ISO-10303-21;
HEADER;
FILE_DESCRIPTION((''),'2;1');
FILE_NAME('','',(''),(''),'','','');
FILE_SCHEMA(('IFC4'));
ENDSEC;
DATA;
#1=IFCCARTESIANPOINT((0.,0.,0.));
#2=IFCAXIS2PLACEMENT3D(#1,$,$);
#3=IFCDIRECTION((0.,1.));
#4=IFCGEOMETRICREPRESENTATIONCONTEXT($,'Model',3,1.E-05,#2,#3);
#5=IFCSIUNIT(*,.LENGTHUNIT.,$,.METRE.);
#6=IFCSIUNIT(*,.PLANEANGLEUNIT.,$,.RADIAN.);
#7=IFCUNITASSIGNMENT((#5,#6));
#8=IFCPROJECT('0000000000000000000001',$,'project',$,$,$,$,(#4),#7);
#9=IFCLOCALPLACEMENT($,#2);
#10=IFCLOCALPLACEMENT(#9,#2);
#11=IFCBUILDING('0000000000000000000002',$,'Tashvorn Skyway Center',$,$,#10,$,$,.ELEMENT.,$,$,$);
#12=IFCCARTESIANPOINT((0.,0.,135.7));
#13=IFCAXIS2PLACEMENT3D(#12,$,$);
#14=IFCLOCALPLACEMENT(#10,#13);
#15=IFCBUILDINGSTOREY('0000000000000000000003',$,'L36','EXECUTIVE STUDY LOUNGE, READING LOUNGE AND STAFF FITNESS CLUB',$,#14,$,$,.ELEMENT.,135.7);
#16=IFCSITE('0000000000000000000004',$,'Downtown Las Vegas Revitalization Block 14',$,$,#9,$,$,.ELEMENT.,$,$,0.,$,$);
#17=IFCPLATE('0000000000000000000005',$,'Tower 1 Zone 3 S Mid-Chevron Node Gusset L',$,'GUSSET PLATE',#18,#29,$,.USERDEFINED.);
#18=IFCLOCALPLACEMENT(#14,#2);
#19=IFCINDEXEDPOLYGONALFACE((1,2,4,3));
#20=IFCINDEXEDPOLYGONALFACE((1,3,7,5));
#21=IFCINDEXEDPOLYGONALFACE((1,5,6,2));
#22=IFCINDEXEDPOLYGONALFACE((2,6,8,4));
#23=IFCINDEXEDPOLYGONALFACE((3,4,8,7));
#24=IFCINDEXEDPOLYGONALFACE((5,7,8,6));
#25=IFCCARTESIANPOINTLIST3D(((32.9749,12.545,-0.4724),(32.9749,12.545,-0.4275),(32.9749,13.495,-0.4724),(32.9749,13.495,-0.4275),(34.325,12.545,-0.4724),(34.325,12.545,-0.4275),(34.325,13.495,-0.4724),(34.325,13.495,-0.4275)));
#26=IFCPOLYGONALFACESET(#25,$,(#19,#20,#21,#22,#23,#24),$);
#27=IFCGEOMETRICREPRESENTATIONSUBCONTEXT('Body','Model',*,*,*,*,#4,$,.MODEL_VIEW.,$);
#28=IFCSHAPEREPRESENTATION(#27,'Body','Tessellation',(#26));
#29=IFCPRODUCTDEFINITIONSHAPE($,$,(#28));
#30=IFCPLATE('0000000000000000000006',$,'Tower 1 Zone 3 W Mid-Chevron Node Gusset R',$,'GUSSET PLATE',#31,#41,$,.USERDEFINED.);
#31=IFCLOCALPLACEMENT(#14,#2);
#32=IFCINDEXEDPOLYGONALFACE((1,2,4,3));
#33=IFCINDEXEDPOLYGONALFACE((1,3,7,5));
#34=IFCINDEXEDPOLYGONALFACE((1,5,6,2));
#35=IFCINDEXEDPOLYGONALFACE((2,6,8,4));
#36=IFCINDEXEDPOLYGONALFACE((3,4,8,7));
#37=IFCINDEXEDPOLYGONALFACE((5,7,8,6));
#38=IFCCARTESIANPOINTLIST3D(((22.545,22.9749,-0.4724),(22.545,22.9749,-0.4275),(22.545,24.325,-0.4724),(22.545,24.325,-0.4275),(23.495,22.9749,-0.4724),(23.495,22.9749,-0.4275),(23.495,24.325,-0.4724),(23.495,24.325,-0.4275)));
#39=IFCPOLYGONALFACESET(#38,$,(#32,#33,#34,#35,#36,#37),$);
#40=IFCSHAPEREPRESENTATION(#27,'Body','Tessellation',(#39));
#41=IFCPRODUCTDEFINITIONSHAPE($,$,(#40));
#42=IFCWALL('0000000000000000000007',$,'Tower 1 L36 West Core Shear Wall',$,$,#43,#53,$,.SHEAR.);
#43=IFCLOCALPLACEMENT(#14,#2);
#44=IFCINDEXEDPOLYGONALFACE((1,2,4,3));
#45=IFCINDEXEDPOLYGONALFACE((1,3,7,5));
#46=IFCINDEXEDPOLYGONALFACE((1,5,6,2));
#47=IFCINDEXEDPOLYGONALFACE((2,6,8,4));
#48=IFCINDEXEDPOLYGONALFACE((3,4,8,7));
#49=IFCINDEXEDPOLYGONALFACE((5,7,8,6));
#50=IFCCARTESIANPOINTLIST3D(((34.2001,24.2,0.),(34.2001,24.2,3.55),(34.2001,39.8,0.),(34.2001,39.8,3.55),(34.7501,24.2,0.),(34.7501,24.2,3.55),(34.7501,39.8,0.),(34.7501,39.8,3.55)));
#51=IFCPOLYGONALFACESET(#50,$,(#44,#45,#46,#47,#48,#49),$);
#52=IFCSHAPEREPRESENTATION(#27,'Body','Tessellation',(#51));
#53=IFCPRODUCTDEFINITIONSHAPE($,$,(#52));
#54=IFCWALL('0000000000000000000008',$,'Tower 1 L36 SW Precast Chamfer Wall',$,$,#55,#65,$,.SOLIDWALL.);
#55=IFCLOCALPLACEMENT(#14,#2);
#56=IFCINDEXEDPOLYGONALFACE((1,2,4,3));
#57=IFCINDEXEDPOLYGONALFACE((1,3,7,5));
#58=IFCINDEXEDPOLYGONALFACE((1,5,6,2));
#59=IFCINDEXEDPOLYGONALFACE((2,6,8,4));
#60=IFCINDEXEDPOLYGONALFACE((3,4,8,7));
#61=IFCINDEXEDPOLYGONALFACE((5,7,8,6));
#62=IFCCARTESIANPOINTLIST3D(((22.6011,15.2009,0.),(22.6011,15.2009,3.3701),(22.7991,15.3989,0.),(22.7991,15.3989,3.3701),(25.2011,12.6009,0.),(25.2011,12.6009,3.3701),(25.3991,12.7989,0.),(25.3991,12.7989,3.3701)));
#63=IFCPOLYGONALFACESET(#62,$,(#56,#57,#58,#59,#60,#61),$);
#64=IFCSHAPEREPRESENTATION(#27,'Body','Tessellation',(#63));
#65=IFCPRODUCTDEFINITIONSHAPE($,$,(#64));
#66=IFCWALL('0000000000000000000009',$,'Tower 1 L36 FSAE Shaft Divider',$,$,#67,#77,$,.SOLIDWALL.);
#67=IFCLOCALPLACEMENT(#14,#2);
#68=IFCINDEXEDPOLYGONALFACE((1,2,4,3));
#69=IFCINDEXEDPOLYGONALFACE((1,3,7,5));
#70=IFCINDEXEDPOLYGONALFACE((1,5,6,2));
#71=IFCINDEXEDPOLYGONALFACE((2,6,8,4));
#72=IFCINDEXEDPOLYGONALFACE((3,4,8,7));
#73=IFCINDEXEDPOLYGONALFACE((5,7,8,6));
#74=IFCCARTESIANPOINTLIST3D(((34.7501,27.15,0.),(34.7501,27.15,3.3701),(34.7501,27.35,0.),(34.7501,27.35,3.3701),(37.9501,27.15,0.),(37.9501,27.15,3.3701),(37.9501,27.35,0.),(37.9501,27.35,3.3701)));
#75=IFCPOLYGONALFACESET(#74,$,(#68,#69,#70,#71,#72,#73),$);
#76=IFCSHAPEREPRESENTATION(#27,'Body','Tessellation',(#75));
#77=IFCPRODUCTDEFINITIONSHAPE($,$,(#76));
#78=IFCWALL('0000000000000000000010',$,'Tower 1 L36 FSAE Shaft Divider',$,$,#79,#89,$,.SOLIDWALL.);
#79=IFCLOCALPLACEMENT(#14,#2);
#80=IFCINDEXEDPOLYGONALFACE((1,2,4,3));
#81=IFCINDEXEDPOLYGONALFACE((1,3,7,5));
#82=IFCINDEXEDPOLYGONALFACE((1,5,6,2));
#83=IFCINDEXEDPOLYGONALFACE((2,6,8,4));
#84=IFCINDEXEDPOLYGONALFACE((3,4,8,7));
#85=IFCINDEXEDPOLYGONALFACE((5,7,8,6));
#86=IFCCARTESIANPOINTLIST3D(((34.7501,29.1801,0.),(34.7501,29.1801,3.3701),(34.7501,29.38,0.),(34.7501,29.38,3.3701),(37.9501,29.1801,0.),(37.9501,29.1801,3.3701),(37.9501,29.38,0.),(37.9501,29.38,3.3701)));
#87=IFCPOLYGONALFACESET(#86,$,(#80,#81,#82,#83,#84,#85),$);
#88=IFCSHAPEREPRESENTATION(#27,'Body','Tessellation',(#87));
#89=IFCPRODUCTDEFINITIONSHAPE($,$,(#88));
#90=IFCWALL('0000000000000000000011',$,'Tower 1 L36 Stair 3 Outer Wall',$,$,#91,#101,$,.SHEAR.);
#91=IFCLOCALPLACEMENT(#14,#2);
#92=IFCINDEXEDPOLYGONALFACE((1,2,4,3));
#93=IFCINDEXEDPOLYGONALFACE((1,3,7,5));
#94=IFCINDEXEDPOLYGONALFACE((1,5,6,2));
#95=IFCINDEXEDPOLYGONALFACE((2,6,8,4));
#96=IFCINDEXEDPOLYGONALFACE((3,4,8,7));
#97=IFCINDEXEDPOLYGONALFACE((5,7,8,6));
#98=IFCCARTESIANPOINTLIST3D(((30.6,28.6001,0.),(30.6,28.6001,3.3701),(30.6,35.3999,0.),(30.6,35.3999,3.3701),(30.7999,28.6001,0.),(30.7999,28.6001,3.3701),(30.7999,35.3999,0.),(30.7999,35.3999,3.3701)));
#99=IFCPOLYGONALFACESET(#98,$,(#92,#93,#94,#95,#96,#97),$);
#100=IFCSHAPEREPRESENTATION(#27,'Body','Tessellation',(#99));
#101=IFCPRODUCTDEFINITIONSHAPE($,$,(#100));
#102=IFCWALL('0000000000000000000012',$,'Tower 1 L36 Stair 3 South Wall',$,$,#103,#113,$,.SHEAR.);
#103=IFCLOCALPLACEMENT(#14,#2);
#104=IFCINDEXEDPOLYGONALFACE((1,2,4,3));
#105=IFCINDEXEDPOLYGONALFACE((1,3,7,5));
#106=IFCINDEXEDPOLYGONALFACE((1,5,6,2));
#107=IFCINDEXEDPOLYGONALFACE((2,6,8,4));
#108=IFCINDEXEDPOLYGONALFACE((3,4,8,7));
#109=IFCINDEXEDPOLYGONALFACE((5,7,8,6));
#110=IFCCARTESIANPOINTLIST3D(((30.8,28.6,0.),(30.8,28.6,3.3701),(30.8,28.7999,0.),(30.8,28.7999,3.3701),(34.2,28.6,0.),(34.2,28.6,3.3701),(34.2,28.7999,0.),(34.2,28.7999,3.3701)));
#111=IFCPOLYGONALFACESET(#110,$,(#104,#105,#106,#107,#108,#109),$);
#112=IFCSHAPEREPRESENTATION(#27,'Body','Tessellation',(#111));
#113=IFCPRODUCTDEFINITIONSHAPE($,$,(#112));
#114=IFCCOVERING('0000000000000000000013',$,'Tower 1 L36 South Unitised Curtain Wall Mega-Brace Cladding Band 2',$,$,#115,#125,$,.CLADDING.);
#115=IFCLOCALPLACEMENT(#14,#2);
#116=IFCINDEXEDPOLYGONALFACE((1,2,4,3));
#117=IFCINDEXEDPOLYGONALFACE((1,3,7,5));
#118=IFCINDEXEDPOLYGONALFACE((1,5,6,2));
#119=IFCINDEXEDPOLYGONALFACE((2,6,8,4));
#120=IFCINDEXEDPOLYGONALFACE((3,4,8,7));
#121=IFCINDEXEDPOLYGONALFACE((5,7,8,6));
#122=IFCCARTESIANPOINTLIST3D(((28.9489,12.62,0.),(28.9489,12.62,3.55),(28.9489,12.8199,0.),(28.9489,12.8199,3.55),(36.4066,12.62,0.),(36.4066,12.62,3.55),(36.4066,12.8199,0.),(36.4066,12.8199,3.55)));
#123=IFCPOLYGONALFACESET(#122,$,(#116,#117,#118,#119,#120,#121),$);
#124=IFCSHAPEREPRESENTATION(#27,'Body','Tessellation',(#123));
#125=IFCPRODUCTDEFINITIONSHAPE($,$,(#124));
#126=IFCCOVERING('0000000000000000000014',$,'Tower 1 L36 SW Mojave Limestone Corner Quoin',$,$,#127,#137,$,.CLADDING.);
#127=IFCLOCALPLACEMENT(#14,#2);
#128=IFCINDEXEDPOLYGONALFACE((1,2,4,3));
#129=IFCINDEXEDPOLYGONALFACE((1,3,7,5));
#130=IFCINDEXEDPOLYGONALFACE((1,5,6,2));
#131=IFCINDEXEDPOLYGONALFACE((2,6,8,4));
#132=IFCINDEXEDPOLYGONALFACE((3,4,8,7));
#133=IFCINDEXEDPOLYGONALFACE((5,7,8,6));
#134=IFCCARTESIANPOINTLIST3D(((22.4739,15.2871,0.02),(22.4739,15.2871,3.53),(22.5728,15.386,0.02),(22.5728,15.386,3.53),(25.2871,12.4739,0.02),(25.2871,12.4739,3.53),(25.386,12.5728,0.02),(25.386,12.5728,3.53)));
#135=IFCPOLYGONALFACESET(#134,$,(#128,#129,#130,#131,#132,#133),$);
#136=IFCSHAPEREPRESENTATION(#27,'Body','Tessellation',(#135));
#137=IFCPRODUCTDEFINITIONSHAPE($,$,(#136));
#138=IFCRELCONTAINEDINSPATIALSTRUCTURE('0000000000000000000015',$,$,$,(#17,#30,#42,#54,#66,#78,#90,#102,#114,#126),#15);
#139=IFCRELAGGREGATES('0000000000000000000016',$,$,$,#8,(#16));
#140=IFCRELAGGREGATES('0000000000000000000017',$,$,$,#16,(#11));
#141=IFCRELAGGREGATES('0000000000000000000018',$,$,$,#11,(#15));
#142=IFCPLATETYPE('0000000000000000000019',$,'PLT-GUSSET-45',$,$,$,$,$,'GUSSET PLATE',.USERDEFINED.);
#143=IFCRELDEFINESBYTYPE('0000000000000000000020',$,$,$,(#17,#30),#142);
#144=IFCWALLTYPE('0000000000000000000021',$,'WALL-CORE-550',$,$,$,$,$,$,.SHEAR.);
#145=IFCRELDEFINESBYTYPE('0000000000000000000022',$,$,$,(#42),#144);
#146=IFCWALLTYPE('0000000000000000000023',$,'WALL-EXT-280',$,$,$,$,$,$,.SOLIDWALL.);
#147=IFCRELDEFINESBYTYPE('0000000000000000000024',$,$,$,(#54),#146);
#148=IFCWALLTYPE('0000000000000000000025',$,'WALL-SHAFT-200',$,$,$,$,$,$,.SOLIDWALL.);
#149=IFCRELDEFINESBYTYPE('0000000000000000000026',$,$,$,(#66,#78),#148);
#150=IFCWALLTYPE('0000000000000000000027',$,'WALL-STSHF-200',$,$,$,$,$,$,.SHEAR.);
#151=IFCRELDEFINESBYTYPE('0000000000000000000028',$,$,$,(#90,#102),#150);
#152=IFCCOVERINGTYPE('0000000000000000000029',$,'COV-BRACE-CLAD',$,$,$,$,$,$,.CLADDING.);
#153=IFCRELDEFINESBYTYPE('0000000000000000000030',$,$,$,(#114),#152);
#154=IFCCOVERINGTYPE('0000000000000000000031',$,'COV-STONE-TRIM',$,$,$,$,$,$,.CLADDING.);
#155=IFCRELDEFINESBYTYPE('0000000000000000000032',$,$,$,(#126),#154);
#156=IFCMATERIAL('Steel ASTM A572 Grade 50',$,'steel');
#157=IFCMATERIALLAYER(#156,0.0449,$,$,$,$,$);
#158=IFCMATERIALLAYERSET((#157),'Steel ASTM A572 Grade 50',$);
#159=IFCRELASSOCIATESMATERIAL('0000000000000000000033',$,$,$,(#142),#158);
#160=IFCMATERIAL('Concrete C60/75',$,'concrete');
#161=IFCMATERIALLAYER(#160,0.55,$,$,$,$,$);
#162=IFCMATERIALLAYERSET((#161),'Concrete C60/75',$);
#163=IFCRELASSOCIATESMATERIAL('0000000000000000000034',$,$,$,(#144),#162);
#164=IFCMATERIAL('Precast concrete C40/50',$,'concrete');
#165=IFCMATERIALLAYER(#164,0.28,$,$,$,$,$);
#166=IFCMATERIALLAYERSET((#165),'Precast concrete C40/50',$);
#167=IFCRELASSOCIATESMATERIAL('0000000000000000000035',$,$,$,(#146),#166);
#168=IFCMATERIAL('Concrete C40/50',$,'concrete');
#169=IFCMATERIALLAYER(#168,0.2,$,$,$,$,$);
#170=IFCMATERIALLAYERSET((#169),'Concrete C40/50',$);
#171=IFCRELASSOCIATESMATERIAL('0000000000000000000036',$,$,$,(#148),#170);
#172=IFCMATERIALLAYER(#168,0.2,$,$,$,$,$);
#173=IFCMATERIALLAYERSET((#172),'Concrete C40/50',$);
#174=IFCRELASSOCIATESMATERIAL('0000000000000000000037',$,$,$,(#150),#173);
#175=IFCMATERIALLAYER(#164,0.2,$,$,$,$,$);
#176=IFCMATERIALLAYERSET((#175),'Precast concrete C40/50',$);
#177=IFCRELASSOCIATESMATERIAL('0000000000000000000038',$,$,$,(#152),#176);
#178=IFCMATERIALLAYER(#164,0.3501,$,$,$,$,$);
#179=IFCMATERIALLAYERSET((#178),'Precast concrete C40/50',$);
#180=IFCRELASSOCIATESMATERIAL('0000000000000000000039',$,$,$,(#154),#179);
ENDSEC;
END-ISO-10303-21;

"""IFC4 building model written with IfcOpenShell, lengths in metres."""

from ifc_helpers import new_model, si_unit, direction, frame, frame_2d, origin, origin_2d, place, context, subcontext, project, spatial, rectangle, extrude, material, layer, layer_set, type_object, element, save


model = new_model("IFC4")

# Units and contexts
model_context = context("Model", 3, precision=1e-05, world=origin(), true_north=direction((0.0, 1.0)))
body_context = subcontext(model_context, "Body", "Model", "MODEL_VIEW")
ifc_project = project(units=[si_unit("LENGTHUNIT", "METRE"), si_unit("PLANEANGLEUNIT", "RADIAN")], contexts=[model_context])

# Site, building, storey
site_placement = place(None, origin())
site = spatial("IfcSite", under=ifc_project, at=site_placement, Name="Downtown Las Vegas Revitalization Block 14", CompositionType="ELEMENT", RefElevation=0.0)
building_placement = place(site_placement, origin())
building = spatial("IfcBuilding", under=site, at=building_placement, Name="Tashvorn Skyway Center", CompositionType="ELEMENT")
storey_placement = place(building_placement, frame((0.0, 0.0, 135.7)))
storey = spatial("IfcBuildingStorey", under=building, at=storey_placement, Name="L36", Description="EXECUTIVE STUDY LOUNGE, READING LOUNGE AND STAFF FITNESS CLUB", CompositionType="ELEMENT", Elevation=135.7)

# Shared definitions
ifc_material_1 = material(Name="Steel ASTM A572 Grade 50", Category="steel")

# Plates
ifc_layer_1 = layer(ifc_material_1, 0.0449)
ifc_layer_set_1 = layer_set([ifc_layer_1], Name="Steel ASTM A572 Grade 50")
plate_type_1 = type_object("IfcPlateType", Name="PLT-GUSSET-45", ElementType="GUSSET PLATE", PredefinedType="USERDEFINED", material=ifc_layer_set_1)
for number, where, z_axis, x_axis, name in (
    (1, (33.6499, 13.02, -0.4724), (0.0, 0.0, 1.0), (1.0, 0.0, 0.0), "Tower 1 Zone 3 S Mid-Chevron Node Gusset L"),
    (2, (23.02, 23.6499, -0.4724), (0.0, 0.0, 1.0), (0.0, -1.0, 0.0), "Tower 1 Zone 3 W Mid-Chevron Node Gusset R"),
):
    element("IfcPlate", number, at=place(storey_placement, frame(where, z_axis=z_axis, x_axis=x_axis)), inside=storey, type_object=plate_type_1, Name=name, ObjectType="GUSSET PLATE", PredefinedType="USERDEFINED", context=body_context, shape_type="SweptSolid", body=[
        extrude(rectangle(XDim=1.3501, YDim=0.95, at=origin_2d()), origin(), (0.0, 0.0, 1.0), 0.0449),
    ])

# Walls
ifc_material_2 = material(Name="Concrete C60/75", Category="concrete")
ifc_layer_2 = layer(ifc_material_2, 0.55)
ifc_layer_set_2 = layer_set([ifc_layer_2], Name="Concrete C60/75")
wall_type_1 = type_object("IfcWallType", Name="WALL-CORE-550", PredefinedType="SHEAR", material=ifc_layer_set_2)
wall_1_placement = place(storey_placement, frame((34.4751, 24.2, 0.0), z_axis=(0.0, 0.0, 1.0), x_axis=(0.0, 1.0, 0.0)))
element("IfcWall", 3, at=wall_1_placement, inside=storey, type_object=wall_type_1, Name="Tower 1 L36 West Core Shear Wall", PredefinedType="SHEAR", context=body_context, shape_type="SweptSolid", body=[
    extrude(rectangle(XDim=15.6001, YDim=0.55, at=frame_2d((7.8, 0.0))), origin(), (0.0, 0.0, 1.0), 3.55),
])
ifc_material_3 = material(Name="Precast concrete C40/50", Category="concrete")
ifc_layer_3 = layer(ifc_material_3, 0.28)
ifc_layer_set_3 = layer_set([ifc_layer_3], Name="Precast concrete C40/50")
wall_type_2 = type_object("IfcWallType", Name="WALL-EXT-280", PredefinedType="SOLIDWALL", material=ifc_layer_set_3)
wall_2_placement = place(storey_placement, frame((25.3, 12.7, 0.0), z_axis=(0.0, 0.0, 1.0), x_axis=(-0.707107, 0.707107, 0.0)))
element("IfcWall", 4, at=wall_2_placement, inside=storey, type_object=wall_type_2, Name="Tower 1 L36 SW Precast Chamfer Wall", PredefinedType="SOLIDWALL", context=body_context, shape_type="SweptSolid", body=[
    extrude(rectangle(XDim=3.677, YDim=0.28, at=frame_2d((1.8384, 0.0))), origin(), (0.0, 0.0, 1.0), 3.3701),
])
ifc_material_4 = material(Name="Concrete C40/50", Category="concrete")
ifc_layer_4 = layer(ifc_material_4, 0.2)
ifc_layer_set_4 = layer_set([ifc_layer_4], Name="Concrete C40/50")
wall_type_3 = type_object("IfcWallType", Name="WALL-SHAFT-200", PredefinedType="SOLIDWALL", material=ifc_layer_set_4)
for number, where, z_axis, x_axis, name in (
    (5, (34.75, 27.25, 0.0), (0.0, 0.0, 1.0), (1.0, 0.0, 0.0), "Tower 1 L36 FSAE Shaft Divider"),
    (6, (34.75, 29.28, 0.0), (0.0, 0.0, 1.0), (1.0, 0.0, 0.0), "Tower 1 L36 FSAE Shaft Divider"),
):
    element("IfcWall", number, at=place(storey_placement, frame(where, z_axis=z_axis, x_axis=x_axis)), inside=storey, type_object=wall_type_3, Name=name, PredefinedType="SOLIDWALL", context=body_context, shape_type="SweptSolid", body=[
        extrude(rectangle(XDim=3.2, YDim=0.2, at=frame_2d((1.6001, 0.0))), origin(), (0.0, 0.0, 1.0), 3.3701),
    ])
ifc_layer_5 = layer(ifc_material_4, 0.2)
ifc_layer_set_5 = layer_set([ifc_layer_5], Name="Concrete C40/50")
wall_type_4 = type_object("IfcWallType", Name="WALL-STSHF-200", PredefinedType="SHEAR", material=ifc_layer_set_5)
wall_3_placement = place(storey_placement, frame((30.7, 28.6001, 0.0), z_axis=(0.0, 0.0, 1.0), x_axis=(0.0, 1.0, 0.0)))
element("IfcWall", 7, at=wall_3_placement, inside=storey, type_object=wall_type_4, Name="Tower 1 L36 Stair 3 Outer Wall", PredefinedType="SHEAR", context=body_context, shape_type="SweptSolid", body=[
    extrude(rectangle(XDim=6.7998, YDim=0.2, at=frame_2d((3.3999, 0.0))), origin(), (0.0, 0.0, 1.0), 3.3701),
])
wall_4_placement = place(storey_placement, frame((30.8, 28.7, 0.0), z_axis=(0.0, 0.0, 1.0), x_axis=(1.0, 0.0, 0.0)))
element("IfcWall", 8, at=wall_4_placement, inside=storey, type_object=wall_type_4, Name="Tower 1 L36 Stair 3 South Wall", PredefinedType="SHEAR", context=body_context, shape_type="SweptSolid", body=[
    extrude(rectangle(XDim=3.3999, YDim=0.2, at=frame_2d((1.7, 0.0))), origin(), (0.0, 0.0, 1.0), 3.3701),
])

# Coverings
ifc_layer_6 = layer(ifc_material_3, 0.2)
ifc_layer_set_6 = layer_set([ifc_layer_6], Name="Precast concrete C40/50")
covering_type_1 = type_object("IfcCoveringType", Name="COV-BRACE-CLAD", PredefinedType="CLADDING", material=ifc_layer_set_6)
covering_1_placement = place(storey_placement, frame((32.6777, 12.72, 0.0), z_axis=(0.0, 0.0, 1.0), x_axis=(-1.0, 0.0, 0.0)))
element("IfcCovering", 9, at=covering_1_placement, inside=storey, type_object=covering_type_1, Name="Tower 1 L36 South Unitised Curtain Wall Mega-Brace Cladding Band 2", PredefinedType="CLADDING", context=body_context, shape_type="SweptSolid", body=[
    extrude(rectangle(XDim=7.4578, YDim=0.2, at=origin_2d()), origin(), (0.0, 0.0, 1.0), 3.55),
])
ifc_layer_7 = layer(ifc_material_3, 0.3501)
ifc_layer_set_7 = layer_set([ifc_layer_7], Name="Precast concrete C40/50")
covering_type_2 = type_object("IfcCoveringType", Name="COV-STONE-TRIM", PredefinedType="CLADDING", material=ifc_layer_set_7)
covering_2_placement = place(storey_placement, frame((23.9299, 13.9299, 0.02), z_axis=(0.0, 0.0, 1.0), x_axis=(-0.707107, 0.707107, 0.0)))
element("IfcCovering", 10, at=covering_2_placement, inside=storey, type_object=covering_type_2, Name="Tower 1 L36 SW Mojave Limestone Corner Quoin", PredefinedType="CLADDING", context=body_context, shape_type="SweptSolid", body=[
    extrude(rectangle(XDim=3.9785, YDim=0.1399, at=origin_2d()), origin(), (0.0, 0.0, 1.0), 3.51),
])

save(model, "model.ifc")
